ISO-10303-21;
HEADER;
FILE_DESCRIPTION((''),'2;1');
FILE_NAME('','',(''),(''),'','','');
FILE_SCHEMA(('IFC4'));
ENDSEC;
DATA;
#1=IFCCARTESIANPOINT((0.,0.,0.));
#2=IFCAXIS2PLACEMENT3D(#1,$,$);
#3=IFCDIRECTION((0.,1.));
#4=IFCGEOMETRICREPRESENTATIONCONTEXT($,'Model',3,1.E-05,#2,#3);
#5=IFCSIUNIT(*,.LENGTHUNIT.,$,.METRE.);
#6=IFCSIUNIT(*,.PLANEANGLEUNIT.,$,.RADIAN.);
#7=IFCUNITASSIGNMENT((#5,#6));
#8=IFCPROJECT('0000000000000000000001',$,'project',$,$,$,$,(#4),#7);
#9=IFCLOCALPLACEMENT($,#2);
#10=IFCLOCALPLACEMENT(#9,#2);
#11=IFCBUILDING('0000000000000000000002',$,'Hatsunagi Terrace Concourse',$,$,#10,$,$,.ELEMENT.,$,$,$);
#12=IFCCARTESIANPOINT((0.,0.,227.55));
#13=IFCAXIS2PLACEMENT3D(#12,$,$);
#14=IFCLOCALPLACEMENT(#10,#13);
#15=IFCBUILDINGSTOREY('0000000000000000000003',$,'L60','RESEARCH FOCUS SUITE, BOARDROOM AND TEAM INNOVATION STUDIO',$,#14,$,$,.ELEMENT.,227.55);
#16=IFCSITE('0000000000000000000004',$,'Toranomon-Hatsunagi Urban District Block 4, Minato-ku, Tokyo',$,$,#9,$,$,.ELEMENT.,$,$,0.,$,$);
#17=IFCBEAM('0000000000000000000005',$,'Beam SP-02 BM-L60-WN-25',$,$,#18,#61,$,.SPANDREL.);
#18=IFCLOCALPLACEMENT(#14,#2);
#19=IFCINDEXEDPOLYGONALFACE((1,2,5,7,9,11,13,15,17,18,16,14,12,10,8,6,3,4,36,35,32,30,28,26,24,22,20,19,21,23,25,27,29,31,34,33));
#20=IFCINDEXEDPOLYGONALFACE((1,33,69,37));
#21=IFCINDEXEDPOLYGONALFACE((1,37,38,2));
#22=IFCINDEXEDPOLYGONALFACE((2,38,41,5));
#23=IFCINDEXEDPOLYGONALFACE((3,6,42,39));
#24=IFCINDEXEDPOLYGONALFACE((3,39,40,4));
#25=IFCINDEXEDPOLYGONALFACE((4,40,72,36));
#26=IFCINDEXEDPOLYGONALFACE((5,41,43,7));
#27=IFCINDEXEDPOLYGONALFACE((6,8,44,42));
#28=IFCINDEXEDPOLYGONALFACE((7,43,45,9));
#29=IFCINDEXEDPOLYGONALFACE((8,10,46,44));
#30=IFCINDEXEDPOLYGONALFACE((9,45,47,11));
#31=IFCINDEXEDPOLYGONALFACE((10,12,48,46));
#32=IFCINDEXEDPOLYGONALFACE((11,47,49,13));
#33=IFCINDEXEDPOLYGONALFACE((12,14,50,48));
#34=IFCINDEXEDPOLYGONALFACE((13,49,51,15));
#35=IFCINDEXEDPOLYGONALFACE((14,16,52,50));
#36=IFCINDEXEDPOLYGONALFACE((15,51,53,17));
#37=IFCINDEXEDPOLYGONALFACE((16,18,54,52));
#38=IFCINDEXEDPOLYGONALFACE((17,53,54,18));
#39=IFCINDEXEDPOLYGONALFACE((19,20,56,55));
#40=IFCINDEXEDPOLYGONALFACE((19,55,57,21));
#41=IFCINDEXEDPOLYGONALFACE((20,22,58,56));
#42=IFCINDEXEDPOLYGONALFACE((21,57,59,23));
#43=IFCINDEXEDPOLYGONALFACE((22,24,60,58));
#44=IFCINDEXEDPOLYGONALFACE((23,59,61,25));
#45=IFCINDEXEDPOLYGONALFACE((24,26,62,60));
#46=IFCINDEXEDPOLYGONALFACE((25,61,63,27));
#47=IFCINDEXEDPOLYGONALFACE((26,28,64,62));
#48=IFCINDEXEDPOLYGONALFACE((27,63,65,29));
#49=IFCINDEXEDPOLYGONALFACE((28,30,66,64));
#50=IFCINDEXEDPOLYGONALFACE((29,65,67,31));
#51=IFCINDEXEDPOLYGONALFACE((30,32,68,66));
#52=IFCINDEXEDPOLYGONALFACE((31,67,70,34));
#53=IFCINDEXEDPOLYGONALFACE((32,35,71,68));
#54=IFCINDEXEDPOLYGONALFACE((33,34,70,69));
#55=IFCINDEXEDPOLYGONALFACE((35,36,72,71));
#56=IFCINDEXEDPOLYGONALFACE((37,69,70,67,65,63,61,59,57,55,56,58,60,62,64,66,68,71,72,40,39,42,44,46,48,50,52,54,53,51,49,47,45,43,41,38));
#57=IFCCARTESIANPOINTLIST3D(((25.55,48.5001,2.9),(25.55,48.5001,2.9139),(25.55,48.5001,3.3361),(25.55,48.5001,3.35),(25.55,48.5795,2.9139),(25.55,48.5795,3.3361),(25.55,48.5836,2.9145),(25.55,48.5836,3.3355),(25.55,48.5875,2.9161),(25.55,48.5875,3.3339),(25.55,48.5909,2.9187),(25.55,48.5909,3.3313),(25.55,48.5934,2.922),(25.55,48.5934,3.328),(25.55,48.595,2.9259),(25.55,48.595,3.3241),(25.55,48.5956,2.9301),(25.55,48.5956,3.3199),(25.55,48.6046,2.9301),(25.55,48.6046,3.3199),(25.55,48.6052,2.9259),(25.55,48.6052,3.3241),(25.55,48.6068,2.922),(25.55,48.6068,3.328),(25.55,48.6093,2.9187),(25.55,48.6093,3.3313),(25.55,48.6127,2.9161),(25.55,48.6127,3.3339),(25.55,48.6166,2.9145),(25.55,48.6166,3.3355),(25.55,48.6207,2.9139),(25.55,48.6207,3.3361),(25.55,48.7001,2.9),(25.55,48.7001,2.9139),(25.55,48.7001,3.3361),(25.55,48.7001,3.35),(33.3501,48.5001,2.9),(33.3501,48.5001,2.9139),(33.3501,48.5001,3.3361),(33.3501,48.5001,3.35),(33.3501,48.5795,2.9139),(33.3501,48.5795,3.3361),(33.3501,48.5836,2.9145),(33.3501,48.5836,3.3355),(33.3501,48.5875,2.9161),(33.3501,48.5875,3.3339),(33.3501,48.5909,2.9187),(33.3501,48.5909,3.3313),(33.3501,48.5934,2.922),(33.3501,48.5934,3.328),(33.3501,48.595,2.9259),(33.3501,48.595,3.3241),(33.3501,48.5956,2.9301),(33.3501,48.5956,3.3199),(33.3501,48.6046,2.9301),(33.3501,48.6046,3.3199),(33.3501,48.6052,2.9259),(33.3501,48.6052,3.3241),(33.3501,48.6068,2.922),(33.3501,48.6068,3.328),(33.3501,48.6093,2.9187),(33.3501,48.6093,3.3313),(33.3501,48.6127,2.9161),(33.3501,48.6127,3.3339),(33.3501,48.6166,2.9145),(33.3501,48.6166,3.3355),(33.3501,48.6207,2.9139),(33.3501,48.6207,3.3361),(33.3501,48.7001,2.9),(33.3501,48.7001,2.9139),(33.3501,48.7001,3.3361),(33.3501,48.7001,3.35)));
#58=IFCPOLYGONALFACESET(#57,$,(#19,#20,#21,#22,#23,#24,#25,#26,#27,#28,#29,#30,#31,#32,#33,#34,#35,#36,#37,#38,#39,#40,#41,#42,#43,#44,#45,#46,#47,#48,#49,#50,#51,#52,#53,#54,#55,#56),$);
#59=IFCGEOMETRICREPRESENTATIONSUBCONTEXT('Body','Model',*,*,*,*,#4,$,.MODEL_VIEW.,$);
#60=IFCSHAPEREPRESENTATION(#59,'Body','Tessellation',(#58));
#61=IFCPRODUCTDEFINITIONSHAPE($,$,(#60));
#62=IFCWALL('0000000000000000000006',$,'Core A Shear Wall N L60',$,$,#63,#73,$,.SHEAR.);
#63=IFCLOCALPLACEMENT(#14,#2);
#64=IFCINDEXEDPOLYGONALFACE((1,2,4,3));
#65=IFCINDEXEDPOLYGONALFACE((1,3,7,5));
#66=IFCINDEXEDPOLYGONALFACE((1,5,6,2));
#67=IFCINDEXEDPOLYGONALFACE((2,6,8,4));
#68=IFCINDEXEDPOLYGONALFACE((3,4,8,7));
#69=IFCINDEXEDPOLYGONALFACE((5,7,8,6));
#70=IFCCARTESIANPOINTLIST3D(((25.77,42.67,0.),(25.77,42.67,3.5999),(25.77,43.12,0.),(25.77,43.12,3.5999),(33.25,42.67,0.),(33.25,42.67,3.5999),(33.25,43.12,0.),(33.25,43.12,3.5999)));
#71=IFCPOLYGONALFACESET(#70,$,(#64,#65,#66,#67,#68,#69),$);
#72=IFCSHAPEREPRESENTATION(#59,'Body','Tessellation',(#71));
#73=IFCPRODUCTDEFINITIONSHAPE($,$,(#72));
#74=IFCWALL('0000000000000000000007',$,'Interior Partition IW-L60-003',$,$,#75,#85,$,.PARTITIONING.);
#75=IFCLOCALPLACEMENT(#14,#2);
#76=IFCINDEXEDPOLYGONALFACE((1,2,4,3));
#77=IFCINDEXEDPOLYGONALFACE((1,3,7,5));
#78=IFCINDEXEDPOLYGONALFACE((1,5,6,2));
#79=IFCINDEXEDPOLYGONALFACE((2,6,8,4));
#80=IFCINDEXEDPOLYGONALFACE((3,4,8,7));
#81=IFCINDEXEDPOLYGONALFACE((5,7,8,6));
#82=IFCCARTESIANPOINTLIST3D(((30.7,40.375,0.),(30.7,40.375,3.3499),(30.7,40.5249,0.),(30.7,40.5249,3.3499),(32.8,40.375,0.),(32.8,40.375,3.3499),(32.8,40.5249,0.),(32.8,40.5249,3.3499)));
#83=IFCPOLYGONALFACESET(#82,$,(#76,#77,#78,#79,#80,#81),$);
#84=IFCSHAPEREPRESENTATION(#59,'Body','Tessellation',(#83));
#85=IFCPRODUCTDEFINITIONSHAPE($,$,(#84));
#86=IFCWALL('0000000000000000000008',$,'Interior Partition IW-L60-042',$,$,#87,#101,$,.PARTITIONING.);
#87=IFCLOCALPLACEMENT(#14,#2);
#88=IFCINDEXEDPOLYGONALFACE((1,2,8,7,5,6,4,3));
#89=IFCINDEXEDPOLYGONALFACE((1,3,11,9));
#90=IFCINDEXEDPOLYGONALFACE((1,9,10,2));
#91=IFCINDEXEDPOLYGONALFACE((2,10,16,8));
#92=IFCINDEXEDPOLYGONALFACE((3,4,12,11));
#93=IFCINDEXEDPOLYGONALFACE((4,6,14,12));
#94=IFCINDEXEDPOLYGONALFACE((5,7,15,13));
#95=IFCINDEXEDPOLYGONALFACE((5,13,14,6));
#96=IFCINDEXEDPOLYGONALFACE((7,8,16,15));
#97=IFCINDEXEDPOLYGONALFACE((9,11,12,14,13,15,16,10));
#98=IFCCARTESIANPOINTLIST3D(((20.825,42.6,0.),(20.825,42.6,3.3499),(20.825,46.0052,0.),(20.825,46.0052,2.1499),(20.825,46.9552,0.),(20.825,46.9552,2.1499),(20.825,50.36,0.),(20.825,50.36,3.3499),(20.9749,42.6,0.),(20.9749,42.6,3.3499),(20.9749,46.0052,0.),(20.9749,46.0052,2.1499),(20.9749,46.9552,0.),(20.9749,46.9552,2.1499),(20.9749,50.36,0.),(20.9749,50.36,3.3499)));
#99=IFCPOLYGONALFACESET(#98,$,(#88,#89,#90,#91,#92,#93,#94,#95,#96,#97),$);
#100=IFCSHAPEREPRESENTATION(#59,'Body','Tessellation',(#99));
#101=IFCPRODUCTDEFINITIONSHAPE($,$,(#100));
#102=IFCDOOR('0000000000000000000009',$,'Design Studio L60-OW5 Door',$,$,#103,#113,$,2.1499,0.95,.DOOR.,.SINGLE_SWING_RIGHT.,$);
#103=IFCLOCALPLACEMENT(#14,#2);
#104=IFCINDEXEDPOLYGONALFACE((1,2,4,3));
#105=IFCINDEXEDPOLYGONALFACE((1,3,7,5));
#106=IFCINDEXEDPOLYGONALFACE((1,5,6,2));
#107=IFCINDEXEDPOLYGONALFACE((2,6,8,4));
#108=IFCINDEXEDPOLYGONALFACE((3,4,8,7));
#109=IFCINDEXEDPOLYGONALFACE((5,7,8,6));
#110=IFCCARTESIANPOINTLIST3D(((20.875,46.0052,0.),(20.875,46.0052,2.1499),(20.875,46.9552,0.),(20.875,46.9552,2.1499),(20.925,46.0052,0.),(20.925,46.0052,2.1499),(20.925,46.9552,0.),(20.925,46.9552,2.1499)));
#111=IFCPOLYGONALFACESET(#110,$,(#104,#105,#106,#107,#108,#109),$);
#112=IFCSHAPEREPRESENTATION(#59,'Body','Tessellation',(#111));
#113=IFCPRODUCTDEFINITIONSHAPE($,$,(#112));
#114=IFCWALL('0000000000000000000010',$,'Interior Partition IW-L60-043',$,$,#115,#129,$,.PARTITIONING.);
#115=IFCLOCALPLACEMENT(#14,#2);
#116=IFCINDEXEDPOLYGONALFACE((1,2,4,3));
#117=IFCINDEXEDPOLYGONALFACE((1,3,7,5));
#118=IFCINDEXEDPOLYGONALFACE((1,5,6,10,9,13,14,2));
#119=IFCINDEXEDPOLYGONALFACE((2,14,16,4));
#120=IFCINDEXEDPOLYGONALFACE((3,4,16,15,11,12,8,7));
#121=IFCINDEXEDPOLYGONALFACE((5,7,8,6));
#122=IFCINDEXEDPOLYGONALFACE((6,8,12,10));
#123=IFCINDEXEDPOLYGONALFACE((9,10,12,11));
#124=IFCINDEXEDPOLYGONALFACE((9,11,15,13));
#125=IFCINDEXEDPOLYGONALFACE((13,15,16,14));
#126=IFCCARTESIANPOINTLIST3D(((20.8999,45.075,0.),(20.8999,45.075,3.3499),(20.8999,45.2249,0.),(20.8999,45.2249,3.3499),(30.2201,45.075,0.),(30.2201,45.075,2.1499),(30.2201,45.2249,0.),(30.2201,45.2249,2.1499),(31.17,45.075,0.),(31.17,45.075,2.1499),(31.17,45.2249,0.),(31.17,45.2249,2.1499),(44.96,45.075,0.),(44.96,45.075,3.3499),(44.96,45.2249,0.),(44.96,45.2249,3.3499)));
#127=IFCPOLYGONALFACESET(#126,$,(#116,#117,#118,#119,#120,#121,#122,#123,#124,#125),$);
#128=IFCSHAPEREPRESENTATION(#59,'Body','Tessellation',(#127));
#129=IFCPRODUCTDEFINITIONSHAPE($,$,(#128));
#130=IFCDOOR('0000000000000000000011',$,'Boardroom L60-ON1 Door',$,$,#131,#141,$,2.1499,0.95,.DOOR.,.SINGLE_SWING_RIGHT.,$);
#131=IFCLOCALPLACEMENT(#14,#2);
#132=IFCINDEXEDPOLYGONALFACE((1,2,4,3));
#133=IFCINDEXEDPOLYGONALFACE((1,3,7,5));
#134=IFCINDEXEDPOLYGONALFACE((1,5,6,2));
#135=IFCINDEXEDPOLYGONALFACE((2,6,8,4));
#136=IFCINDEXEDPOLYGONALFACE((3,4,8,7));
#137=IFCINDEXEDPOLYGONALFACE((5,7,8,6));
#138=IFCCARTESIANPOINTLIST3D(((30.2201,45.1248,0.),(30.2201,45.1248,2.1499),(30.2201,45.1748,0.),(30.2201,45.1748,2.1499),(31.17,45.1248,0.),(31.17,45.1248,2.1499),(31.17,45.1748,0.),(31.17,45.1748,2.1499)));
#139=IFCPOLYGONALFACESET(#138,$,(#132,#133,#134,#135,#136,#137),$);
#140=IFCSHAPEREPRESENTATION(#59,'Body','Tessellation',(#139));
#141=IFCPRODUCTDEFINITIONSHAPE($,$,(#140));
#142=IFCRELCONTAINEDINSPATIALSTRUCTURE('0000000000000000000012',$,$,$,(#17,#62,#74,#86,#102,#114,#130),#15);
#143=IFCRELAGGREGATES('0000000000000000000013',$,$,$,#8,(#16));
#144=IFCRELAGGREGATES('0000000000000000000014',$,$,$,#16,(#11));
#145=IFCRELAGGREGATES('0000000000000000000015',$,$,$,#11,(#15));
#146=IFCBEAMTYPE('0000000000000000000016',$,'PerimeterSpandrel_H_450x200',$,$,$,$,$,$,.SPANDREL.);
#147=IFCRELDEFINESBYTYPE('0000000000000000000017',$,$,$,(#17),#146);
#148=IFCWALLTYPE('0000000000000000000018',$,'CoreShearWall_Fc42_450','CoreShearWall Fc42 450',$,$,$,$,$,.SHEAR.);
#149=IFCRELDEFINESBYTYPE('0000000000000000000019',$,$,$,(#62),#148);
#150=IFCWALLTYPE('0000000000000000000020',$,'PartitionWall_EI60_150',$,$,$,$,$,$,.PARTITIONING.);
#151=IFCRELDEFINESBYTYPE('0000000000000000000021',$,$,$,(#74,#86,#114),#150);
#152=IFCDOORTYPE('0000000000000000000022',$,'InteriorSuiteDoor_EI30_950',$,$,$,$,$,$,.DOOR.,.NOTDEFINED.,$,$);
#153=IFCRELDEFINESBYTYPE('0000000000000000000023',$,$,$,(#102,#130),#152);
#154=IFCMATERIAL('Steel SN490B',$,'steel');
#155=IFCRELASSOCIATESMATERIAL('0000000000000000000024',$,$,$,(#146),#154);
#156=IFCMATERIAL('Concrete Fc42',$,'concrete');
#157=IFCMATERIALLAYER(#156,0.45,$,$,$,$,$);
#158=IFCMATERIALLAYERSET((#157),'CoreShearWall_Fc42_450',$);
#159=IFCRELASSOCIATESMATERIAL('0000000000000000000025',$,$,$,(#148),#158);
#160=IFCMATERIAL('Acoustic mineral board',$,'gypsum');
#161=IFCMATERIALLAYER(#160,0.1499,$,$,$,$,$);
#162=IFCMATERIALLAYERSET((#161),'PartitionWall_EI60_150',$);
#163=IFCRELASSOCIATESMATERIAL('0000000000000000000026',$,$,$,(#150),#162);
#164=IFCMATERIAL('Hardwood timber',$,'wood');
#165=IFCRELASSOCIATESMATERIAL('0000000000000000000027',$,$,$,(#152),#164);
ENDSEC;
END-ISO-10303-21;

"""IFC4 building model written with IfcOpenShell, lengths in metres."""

from ifc_helpers import new_model, si_unit, direction, frame, frame_2d, origin, origin_2d, place, context, subcontext, project, spatial, rectangle, i_section, extrude, material, layer, layer_set, material_profile, profile_set, type_object, element, fill, save


model = new_model("IFC4")

# Units and contexts
model_context = context("Model", 3, precision=1e-05, world=origin(), true_north=direction((0.0, 1.0)))
body_context = subcontext(model_context, "Body", "Model", "MODEL_VIEW")
ifc_project = project(units=[si_unit("LENGTHUNIT", "METRE"), si_unit("PLANEANGLEUNIT", "RADIAN")], contexts=[model_context])

# Site, building, storey
site_placement = place(None, origin())
site = spatial("IfcSite", under=ifc_project, at=site_placement, Name="Toranomon-Hatsunagi Urban District Block 4, Minato-ku, Tokyo", CompositionType="ELEMENT", RefElevation=0.0)
building_placement = place(site_placement, origin())
building = spatial("IfcBuilding", under=site, at=building_placement, Name="Hatsunagi Terrace Concourse", CompositionType="ELEMENT")
storey_placement = place(building_placement, frame((0.0, 0.0, 227.55)))
storey = spatial("IfcBuildingStorey", under=building, at=storey_placement, Name="L60", Description="RESEARCH FOCUS SUITE, BOARDROOM AND TEAM INNOVATION STUDIO", CompositionType="ELEMENT", Elevation=227.55)

# Beam
ifc_material_1 = material(Name="Steel SN490B", Category="steel")
ifc_material_profile_1 = material_profile(ifc_material_1, i_section(OverallWidth=0.2, OverallDepth=0.45, WebThickness=0.009, FlangeThickness=0.0139, FilletRadius=0.0161, at=origin_2d()), Name="H-450x200x9x14")
ifc_profile_set_1 = profile_set([ifc_material_profile_1], Name="Steel SN490B")
beam_type_1 = type_object("IfcBeamType", Name="PerimeterSpandrel_H_450x200", PredefinedType="SPANDREL", material=ifc_profile_set_1)
beam_1_placement = place(storey_placement, frame((25.55, 48.6001, 3.125), z_axis=(1.0, 0.0, 0.0), x_axis=(0.0, 1.0, 0.0)))
element("IfcBeam", 1, at=beam_1_placement, inside=storey, type_object=beam_type_1, Name="Beam SP-02 BM-L60-WN-25", PredefinedType="SPANDREL", context=body_context, shape_type="SweptSolid", body=[
    extrude(i_section(OverallWidth=0.2, OverallDepth=0.45, WebThickness=0.009, FlangeThickness=0.0139, FilletRadius=0.0161, at=origin_2d()), origin(), (0.0, 0.0, 1.0), 7.8),
])

# Walls
ifc_material_2 = material(Name="Concrete Fc42", Category="concrete")
ifc_layer_1 = layer(ifc_material_2, 0.45)
ifc_layer_set_1 = layer_set([ifc_layer_1], Name="CoreShearWall_Fc42_450")
wall_type_1 = type_object("IfcWallType", Name="CoreShearWall_Fc42_450", Description="CoreShearWall Fc42 450", PredefinedType="SHEAR", material=ifc_layer_set_1)
wall_1_placement = place(storey_placement, frame((25.77, 42.895, 0.0), z_axis=(0.0, 0.0, 1.0), x_axis=(1.0, 0.0, 0.0)))
element("IfcWall", 2, at=wall_1_placement, inside=storey, type_object=wall_type_1, Name="Core A Shear Wall N L60", PredefinedType="SHEAR", context=body_context, shape_type="SweptSolid", body=[
    extrude(rectangle(XDim=7.48, YDim=0.45, at=frame_2d((3.74, 0.0))), origin(), (0.0, 0.0, 1.0), 3.5999),
])
ifc_material_3 = material(Name="Acoustic mineral board", Category="gypsum")
ifc_layer_2 = layer(ifc_material_3, 0.1499)
ifc_layer_set_2 = layer_set([ifc_layer_2], Name="PartitionWall_EI60_150")
wall_type_2 = type_object("IfcWallType", Name="PartitionWall_EI60_150", PredefinedType="PARTITIONING", material=ifc_layer_set_2)
wall_2_placement = place(storey_placement, frame((30.7, 40.45, 0.0), z_axis=(0.0, 0.0, 1.0), x_axis=(1.0, 0.0, 0.0)))
element("IfcWall", 3, at=wall_2_placement, inside=storey, type_object=wall_type_2, Name="Interior Partition IW-L60-003", PredefinedType="PARTITIONING", context=body_context, shape_type="SweptSolid", body=[
    extrude(rectangle(XDim=2.1001, YDim=0.1499, at=frame_2d((1.05, 0.0))), origin(), (0.0, 0.0, 1.0), 3.3499),
])

# Walls, openings, doors
wall_3_placement = place(storey_placement, frame((20.8999, 42.6001, 0.0), z_axis=(0.0, 0.0, 1.0), x_axis=(0.0, 1.0, 0.0)))
wall_3 = element("IfcWall", 4, at=wall_3_placement, inside=storey, type_object=wall_type_2, Name="Interior Partition IW-L60-042", PredefinedType="PARTITIONING", context=body_context, shape_type="SweptSolid", body=[
    extrude(rectangle(XDim=7.76, YDim=0.1499, at=frame_2d((3.8799, 0.0))), origin(), (0.0, 0.0, 1.0), 3.3499),
])
opening_1_placement = place(wall_3_placement, frame((3.405, 0.0, 0.0)))
opening_1 = element("IfcOpeningElement", 5, at=opening_1_placement, cuts=wall_3, PredefinedType="OPENING", context=body_context, shape_type="SweptSolid", body=[
    extrude(rectangle(XDim=0.95, YDim=2.1499, at=frame_2d((0.4751, 1.075))), frame((0.0, 0.085, 0.0), z_axis=(0.0, -1.0, 0.0), x_axis=(1.0, 0.0, 0.0)), (0.0, 0.0, 1.0), 0.1699),
])
ifc_material_4 = material(Name="Hardwood timber", Category="wood")
door_type_1 = type_object("IfcDoorType", Name="InteriorSuiteDoor_EI30_950", OperationType="NOTDEFINED", PredefinedType="DOOR", material=ifc_material_4)
door_1_placement = place(opening_1_placement, origin())
door_1 = element("IfcDoor", 6, at=door_1_placement, inside=storey, type_object=door_type_1, Name="Design Studio L60-OW5 Door", OperationType="SINGLE_SWING_RIGHT", OverallHeight=2.1499, OverallWidth=0.95, PredefinedType="DOOR", context=body_context, shape_type="SweptSolid", body=[
    extrude(rectangle(XDim=0.95, YDim=2.1499, at=frame_2d((0.4751, 1.075))), frame((0.0, 0.0249, 0.0), z_axis=(0.0, -1.0, 0.0), x_axis=(1.0, 0.0, 0.0)), (0.0, 0.0, 1.0), 0.05),
])
fill(opening_1, door_1)
wall_4_placement = place(storey_placement, frame((20.8999, 45.1499, 0.0), z_axis=(0.0, 0.0, 1.0), x_axis=(1.0, 0.0, 0.0)))
wall_4 = element("IfcWall", 7, at=wall_4_placement, inside=storey, type_object=wall_type_2, Name="Interior Partition IW-L60-043", PredefinedType="PARTITIONING", context=body_context, shape_type="SweptSolid", body=[
    extrude(rectangle(XDim=24.0601, YDim=0.1499, at=frame_2d((12.03, 0.0))), origin(), (0.0, 0.0, 1.0), 3.3499),
])
opening_2_placement = place(wall_4_placement, frame((9.3201, 0.0, 0.0)))
opening_2 = element("IfcOpeningElement", 8, at=opening_2_placement, cuts=wall_4, PredefinedType="OPENING", context=body_context, shape_type="SweptSolid", body=[
    extrude(rectangle(XDim=0.95, YDim=2.1499, at=frame_2d((0.4751, 1.075))), frame((0.0, 0.085, 0.0), z_axis=(0.0, -1.0, 0.0), x_axis=(1.0, 0.0, 0.0)), (0.0, 0.0, 1.0), 0.1699),
])
door_2_placement = place(opening_2_placement, origin())
door_2 = element("IfcDoor", 9, at=door_2_placement, inside=storey, type_object=door_type_1, Name="Boardroom L60-ON1 Door", OperationType="SINGLE_SWING_RIGHT", OverallHeight=2.1499, OverallWidth=0.95, PredefinedType="DOOR", context=body_context, shape_type="SweptSolid", body=[
    extrude(rectangle(XDim=0.95, YDim=2.1499, at=frame_2d((0.4751, 1.075))), frame((0.0, 0.0249, 0.0), z_axis=(0.0, -1.0, 0.0), x_axis=(1.0, 0.0, 0.0)), (0.0, 0.0, 1.0), 0.05),
])
fill(opening_2, door_2)

save(model, "model.ifc")
